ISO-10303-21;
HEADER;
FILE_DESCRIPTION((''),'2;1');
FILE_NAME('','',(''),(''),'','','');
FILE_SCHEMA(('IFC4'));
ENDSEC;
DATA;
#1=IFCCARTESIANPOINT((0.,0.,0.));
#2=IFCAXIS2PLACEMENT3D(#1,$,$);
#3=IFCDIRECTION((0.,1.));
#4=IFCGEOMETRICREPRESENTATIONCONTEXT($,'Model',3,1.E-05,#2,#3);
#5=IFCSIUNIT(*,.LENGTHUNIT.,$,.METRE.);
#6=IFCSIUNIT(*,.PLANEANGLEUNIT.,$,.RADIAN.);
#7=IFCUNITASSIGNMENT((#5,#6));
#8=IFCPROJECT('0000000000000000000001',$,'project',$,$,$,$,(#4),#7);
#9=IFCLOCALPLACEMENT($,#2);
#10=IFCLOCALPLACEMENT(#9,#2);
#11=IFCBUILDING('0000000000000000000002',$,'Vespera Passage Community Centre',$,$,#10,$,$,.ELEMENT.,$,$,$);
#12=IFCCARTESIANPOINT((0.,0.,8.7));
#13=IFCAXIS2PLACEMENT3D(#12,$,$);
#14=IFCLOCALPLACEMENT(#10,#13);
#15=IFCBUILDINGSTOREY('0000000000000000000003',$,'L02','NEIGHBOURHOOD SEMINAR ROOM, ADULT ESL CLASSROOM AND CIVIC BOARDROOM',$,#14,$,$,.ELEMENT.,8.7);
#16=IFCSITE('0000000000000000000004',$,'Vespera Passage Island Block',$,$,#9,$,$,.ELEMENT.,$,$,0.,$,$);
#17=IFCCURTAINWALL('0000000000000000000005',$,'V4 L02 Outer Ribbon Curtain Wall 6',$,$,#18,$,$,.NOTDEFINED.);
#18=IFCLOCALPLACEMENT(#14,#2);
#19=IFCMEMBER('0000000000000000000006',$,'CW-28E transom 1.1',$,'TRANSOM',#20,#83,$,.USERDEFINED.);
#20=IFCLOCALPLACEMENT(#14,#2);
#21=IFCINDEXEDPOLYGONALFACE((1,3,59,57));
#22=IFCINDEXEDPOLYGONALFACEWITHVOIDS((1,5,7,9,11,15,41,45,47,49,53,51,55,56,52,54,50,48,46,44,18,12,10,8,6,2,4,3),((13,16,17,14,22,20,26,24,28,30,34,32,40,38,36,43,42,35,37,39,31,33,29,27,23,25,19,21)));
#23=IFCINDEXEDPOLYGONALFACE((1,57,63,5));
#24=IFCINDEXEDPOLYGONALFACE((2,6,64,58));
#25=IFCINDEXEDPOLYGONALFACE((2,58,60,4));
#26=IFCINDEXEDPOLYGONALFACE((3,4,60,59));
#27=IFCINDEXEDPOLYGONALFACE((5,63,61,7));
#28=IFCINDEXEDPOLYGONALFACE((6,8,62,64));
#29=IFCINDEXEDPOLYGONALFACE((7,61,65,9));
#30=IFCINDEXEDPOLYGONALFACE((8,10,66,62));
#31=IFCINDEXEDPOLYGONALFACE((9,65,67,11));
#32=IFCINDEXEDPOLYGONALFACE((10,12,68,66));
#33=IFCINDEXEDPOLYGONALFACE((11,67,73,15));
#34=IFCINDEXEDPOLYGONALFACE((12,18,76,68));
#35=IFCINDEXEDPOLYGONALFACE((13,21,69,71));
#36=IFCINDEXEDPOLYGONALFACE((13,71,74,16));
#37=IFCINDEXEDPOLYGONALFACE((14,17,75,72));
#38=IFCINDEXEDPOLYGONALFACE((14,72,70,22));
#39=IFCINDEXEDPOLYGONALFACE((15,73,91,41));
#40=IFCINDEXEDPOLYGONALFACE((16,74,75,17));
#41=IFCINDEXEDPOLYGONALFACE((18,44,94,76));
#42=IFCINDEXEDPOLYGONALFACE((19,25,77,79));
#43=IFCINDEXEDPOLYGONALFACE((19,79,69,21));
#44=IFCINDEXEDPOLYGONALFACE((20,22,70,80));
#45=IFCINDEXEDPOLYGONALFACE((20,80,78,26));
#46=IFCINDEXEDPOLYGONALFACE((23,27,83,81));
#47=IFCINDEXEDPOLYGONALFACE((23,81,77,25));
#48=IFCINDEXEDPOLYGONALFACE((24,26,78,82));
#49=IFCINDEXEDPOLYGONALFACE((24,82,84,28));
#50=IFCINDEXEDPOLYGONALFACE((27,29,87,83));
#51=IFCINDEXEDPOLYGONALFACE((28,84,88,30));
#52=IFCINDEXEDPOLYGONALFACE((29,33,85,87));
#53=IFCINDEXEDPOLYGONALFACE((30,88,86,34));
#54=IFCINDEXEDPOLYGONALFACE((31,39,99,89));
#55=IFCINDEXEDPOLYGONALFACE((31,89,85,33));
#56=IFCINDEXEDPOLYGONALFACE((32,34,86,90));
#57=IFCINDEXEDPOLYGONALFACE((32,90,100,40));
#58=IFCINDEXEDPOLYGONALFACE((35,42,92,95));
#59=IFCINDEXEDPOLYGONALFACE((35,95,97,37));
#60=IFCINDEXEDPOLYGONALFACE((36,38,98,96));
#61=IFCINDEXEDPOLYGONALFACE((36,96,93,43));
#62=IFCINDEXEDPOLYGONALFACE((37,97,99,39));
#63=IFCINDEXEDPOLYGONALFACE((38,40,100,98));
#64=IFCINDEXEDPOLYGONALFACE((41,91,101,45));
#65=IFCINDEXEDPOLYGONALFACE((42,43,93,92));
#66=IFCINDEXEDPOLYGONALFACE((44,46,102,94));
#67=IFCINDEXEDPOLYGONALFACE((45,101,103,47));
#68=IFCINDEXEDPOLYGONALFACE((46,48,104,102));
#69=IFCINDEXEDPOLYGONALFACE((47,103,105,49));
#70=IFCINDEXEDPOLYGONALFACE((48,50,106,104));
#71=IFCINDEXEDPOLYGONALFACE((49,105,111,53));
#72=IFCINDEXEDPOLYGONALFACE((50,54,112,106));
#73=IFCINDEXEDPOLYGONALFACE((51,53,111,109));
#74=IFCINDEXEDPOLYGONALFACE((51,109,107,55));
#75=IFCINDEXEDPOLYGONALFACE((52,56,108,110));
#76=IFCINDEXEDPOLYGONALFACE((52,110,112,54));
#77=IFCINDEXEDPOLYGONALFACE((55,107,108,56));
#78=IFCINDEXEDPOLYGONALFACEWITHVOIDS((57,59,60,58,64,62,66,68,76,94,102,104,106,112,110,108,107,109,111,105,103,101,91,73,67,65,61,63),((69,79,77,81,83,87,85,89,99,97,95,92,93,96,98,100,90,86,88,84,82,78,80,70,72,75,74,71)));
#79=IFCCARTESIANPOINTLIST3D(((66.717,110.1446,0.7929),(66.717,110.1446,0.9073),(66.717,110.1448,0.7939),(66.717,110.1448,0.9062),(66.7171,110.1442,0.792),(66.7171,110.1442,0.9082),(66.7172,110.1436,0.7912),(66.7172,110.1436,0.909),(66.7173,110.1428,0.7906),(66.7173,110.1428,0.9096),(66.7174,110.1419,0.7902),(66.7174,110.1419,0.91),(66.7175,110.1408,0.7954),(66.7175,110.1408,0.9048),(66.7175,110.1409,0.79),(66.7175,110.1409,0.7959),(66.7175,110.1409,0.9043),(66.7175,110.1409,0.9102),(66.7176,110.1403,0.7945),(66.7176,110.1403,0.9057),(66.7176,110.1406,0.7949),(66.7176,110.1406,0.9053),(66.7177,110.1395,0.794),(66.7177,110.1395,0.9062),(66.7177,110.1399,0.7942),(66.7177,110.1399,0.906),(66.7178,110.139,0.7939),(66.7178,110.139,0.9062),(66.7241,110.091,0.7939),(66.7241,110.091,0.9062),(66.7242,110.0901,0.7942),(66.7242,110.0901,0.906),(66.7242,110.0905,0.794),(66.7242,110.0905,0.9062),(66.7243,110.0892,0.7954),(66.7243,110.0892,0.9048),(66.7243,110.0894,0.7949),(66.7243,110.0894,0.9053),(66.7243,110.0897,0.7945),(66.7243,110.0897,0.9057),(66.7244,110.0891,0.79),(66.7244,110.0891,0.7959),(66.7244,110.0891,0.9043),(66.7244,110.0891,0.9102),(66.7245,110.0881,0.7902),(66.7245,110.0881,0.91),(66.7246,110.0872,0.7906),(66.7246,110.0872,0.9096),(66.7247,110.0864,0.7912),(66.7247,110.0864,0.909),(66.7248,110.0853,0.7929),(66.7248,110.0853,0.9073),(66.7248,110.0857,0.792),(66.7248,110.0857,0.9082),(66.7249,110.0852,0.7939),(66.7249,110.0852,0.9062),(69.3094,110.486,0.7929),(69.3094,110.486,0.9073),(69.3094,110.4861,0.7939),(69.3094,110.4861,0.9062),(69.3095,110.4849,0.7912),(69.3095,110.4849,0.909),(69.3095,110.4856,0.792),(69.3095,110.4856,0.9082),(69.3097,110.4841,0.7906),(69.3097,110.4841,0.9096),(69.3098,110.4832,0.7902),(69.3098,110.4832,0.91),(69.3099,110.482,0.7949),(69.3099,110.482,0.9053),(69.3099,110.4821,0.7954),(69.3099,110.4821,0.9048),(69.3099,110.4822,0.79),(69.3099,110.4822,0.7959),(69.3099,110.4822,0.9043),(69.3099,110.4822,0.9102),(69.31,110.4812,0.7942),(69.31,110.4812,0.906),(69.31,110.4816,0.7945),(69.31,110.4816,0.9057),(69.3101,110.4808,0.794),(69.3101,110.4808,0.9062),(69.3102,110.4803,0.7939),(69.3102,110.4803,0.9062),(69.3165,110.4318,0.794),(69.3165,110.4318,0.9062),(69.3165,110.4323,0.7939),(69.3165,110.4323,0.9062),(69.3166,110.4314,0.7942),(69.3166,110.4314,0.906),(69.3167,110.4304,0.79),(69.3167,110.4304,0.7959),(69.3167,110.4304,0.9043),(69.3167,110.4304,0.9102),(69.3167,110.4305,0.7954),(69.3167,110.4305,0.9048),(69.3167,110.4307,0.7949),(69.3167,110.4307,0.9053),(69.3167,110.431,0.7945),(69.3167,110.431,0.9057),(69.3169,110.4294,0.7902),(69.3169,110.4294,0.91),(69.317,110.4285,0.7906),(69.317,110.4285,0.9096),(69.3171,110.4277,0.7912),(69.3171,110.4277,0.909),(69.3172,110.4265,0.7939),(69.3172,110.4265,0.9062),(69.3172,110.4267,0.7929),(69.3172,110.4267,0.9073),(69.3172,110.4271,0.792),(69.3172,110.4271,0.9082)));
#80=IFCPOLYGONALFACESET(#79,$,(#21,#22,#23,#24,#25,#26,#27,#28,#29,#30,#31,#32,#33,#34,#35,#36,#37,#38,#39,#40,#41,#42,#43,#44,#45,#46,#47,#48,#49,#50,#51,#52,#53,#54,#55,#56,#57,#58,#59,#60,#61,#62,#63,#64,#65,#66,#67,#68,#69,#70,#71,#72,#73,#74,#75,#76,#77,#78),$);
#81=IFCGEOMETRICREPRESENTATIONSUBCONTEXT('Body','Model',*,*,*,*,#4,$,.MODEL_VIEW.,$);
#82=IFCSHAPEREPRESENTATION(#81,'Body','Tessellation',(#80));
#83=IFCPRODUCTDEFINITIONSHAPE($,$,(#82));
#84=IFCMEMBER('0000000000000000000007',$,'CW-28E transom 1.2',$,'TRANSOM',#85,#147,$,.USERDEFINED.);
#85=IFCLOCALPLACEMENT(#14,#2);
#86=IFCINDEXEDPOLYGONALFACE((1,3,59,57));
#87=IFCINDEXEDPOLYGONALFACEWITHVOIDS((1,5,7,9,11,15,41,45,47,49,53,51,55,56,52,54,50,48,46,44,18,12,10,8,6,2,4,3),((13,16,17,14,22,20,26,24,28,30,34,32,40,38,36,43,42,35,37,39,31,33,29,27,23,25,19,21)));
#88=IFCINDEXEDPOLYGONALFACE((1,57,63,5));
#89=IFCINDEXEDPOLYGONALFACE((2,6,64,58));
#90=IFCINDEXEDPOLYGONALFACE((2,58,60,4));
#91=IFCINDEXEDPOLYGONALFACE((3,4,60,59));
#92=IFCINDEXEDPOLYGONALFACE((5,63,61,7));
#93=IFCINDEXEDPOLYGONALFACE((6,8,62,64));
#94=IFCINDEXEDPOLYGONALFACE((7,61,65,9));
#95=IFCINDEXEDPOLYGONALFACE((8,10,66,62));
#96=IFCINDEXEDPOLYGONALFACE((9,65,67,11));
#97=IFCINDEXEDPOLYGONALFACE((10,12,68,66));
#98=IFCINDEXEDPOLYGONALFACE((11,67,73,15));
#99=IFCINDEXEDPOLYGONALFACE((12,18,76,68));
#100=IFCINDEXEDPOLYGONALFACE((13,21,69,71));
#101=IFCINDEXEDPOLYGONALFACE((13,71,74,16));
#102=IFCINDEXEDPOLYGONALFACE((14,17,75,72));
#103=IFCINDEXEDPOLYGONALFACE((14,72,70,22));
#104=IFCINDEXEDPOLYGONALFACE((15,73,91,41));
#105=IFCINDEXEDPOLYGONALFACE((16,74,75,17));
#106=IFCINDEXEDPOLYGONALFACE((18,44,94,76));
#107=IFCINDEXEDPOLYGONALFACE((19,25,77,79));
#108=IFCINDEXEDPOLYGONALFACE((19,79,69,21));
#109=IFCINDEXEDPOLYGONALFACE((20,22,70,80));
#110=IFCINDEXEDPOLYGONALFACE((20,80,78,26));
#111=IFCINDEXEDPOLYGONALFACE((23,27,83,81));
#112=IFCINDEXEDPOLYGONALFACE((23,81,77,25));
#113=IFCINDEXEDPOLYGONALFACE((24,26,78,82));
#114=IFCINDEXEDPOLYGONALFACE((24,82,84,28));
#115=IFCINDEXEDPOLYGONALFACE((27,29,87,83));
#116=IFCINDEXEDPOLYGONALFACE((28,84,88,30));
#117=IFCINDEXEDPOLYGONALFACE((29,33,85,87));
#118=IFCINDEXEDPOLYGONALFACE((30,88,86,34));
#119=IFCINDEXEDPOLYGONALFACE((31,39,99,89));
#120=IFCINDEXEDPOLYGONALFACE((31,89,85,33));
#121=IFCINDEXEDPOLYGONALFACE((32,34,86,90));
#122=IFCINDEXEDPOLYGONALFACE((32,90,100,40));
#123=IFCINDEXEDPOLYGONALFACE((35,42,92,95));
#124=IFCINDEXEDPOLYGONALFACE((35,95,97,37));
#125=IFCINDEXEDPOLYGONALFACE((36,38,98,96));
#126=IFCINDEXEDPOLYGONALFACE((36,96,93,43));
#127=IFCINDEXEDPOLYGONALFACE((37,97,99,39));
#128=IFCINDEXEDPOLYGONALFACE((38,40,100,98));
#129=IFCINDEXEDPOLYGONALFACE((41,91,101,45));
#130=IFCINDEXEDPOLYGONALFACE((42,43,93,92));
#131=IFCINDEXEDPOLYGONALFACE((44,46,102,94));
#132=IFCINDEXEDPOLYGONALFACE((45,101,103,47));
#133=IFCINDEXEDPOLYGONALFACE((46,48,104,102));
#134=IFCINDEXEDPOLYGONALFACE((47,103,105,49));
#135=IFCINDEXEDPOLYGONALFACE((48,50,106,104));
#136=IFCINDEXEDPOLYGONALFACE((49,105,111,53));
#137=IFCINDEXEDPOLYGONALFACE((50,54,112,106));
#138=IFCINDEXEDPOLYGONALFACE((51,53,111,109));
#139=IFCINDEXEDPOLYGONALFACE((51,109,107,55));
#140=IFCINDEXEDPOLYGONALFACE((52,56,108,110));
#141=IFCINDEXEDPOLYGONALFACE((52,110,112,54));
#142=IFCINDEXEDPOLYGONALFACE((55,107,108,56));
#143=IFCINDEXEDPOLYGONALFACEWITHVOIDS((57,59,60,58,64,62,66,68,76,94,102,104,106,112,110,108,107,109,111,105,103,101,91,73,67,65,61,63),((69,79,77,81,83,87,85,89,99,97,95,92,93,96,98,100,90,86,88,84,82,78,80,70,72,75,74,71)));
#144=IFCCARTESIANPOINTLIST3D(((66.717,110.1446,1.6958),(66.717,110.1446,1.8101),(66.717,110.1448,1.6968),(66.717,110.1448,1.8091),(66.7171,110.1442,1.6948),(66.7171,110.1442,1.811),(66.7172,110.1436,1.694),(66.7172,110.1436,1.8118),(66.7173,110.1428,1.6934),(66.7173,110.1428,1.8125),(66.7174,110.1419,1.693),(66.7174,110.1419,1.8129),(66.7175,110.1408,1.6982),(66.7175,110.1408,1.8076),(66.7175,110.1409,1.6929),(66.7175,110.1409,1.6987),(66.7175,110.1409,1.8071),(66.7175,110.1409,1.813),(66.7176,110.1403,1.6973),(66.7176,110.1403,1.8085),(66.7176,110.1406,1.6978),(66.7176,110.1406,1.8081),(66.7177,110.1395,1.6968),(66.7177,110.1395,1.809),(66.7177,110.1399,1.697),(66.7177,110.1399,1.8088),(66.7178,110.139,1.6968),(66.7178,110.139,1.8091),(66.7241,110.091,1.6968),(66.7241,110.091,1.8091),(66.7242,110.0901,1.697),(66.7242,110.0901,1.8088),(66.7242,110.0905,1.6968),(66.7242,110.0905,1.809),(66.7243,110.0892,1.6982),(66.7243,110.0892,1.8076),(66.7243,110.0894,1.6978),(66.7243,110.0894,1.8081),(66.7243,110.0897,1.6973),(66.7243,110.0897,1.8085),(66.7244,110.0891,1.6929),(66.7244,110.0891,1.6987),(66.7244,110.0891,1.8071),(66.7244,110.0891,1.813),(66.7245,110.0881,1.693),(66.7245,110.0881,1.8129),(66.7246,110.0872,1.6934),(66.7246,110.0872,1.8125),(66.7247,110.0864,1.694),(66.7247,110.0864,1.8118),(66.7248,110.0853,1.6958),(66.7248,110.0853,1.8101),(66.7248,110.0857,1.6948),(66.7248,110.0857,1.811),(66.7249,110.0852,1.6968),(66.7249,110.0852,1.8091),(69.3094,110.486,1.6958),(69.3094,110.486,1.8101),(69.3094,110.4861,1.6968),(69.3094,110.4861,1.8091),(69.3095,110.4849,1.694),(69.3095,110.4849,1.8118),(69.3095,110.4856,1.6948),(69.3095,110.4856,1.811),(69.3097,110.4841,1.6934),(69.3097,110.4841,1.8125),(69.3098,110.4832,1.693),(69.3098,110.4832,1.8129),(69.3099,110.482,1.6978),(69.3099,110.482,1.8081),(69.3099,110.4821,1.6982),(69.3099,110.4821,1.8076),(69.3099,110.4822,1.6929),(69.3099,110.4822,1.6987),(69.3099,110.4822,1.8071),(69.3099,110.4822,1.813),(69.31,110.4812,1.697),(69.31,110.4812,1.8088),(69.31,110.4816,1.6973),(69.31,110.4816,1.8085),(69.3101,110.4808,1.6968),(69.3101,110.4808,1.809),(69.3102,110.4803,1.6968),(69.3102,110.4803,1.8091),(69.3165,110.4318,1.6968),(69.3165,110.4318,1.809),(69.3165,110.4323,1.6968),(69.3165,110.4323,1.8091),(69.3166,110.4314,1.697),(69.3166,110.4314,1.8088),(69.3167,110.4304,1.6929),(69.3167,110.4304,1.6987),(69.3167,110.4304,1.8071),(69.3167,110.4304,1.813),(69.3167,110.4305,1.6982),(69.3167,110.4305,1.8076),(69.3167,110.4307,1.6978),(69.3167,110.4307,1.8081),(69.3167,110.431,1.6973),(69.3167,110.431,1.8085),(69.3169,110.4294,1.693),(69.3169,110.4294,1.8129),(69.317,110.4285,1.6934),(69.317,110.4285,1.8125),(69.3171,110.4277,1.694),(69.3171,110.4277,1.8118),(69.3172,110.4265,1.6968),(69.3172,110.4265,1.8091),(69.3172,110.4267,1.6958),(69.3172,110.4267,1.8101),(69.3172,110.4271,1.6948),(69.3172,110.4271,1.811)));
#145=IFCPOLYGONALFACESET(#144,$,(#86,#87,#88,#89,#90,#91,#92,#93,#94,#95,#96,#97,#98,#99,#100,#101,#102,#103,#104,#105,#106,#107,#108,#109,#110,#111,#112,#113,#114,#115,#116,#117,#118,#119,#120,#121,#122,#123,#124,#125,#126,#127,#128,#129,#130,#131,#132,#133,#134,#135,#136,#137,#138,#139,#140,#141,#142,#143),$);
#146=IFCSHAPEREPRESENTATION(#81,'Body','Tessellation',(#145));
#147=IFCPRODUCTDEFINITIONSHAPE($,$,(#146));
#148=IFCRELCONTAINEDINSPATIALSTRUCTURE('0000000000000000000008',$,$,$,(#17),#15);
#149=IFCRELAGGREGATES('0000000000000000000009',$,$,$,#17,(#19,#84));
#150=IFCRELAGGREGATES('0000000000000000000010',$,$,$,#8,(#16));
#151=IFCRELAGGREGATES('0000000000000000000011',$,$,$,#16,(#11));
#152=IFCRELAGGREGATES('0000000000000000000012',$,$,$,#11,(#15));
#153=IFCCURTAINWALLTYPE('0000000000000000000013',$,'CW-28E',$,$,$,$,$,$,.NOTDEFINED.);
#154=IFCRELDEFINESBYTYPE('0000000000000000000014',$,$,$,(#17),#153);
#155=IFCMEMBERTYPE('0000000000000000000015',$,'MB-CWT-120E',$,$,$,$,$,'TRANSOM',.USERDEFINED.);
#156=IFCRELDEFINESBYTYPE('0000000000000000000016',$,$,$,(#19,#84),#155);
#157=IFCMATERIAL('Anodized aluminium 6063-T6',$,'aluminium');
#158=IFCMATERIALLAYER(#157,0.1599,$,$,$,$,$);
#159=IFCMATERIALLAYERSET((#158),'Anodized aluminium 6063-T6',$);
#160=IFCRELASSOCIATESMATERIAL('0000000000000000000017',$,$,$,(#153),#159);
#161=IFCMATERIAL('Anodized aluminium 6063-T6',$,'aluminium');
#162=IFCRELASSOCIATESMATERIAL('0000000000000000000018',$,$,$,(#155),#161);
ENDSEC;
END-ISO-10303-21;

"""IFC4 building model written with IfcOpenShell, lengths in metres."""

from ifc_helpers import new_model, si_unit, direction, frame, origin, origin_2d, place, context, subcontext, project, spatial, hollow_rectangle, extrude, material, layer, layer_set, material_profile, profile_set, type_object, element, aggregate, save


model = new_model("IFC4")

# Units and contexts
model_context = context("Model", 3, precision=1e-05, world=origin(), true_north=direction((0.0, 1.0)))
body_context = subcontext(model_context, "Body", "Model", "MODEL_VIEW")
ifc_project = project(units=[si_unit("LENGTHUNIT", "METRE"), si_unit("PLANEANGLEUNIT", "RADIAN")], contexts=[model_context])

# Site, building, storey
site_placement = place(None, origin())
site = spatial("IfcSite", under=ifc_project, at=site_placement, Name="Vespera Passage Island Block", CompositionType="ELEMENT", RefElevation=0.0)
building_placement = place(site_placement, origin())
building = spatial("IfcBuilding", under=site, at=building_placement, Name="Vespera Passage Community Centre", CompositionType="ELEMENT")
storey_placement = place(building_placement, frame((0.0, 0.0, 8.7)))
storey = spatial("IfcBuildingStorey", under=building, at=storey_placement, Name="L02", Description="NEIGHBOURHOOD SEMINAR ROOM, ADULT ESL CLASSROOM AND CIVIC BOARDROOM", CompositionType="ELEMENT", Elevation=8.7)

# Curtain wall, members
ifc_material_1 = material(Name="Anodized aluminium 6063-T6", Category="aluminium")
ifc_layer_1 = layer(ifc_material_1, 0.1599)
ifc_layer_set_1 = layer_set([ifc_layer_1], Name="Anodized aluminium 6063-T6")
curtain_wall_type = type_object("IfcCurtainWallType", Name="CW-28E", PredefinedType="NOTDEFINED", material=ifc_layer_set_1)
curtain_wall_placement = place(storey_placement, origin())
curtain_wall = element("IfcCurtainWall", 1, at=curtain_wall_placement, inside=storey, type_object=curtain_wall_type, Name="V4 L02 Outer Ribbon Curtain Wall 6", PredefinedType="NOTDEFINED")
ifc_material_2 = material(Name="Anodized aluminium 6063-T6", Category="aluminium")
ifc_material_profile_1 = material_profile(ifc_material_2, hollow_rectangle(XDim=0.0601, YDim=0.1201, WallThickness=0.0039, InnerFilletRadius=0.002, OuterFilletRadius=0.0039, at=origin_2d()), Name="ALU120X60X4")
ifc_profile_set_1 = profile_set([ifc_material_profile_1], Name="Anodized aluminium 6063-T6")
member_type_1 = type_object("IfcMemberType", Name="MB-CWT-120E", ElementType="TRANSOM", PredefinedType="USERDEFINED", material=ifc_profile_set_1)
member_1_placement = place(storey_placement, frame((66.7209, 110.115, 0.8501), z_axis=(0.991443, 0.130537, 0.0), x_axis=(-0.130537, 0.991443, 0.0)))
member_1 = element("IfcMember", 2, at=member_1_placement, type_object=member_type_1, Name="CW-28E transom 1.1", ObjectType="TRANSOM", PredefinedType="USERDEFINED", context=body_context, shape_type="SweptSolid", body=[
    extrude(hollow_rectangle(XDim=0.0601, YDim=0.1201, WallThickness=0.0039, InnerFilletRadius=0.002, OuterFilletRadius=0.0039, at=origin_2d()), origin(), (0.0, 0.0, 1.0), 2.6147),
])
member_2_placement = place(storey_placement, frame((66.7209, 110.115, 1.7529), z_axis=(0.991443, 0.130537, 0.0), x_axis=(-0.130537, 0.991443, 0.0)))
member_2 = element("IfcMember", 3, at=member_2_placement, type_object=member_type_1, Name="CW-28E transom 1.2", ObjectType="TRANSOM", PredefinedType="USERDEFINED", context=body_context, shape_type="SweptSolid", body=[
    extrude(hollow_rectangle(XDim=0.0601, YDim=0.1201, WallThickness=0.0039, InnerFilletRadius=0.002, OuterFilletRadius=0.0039, at=origin_2d()), origin(), (0.0, 0.0, 1.0), 2.6147),
])
aggregate(curtain_wall, [member_1, member_2])

save(model, "model.ifc")
